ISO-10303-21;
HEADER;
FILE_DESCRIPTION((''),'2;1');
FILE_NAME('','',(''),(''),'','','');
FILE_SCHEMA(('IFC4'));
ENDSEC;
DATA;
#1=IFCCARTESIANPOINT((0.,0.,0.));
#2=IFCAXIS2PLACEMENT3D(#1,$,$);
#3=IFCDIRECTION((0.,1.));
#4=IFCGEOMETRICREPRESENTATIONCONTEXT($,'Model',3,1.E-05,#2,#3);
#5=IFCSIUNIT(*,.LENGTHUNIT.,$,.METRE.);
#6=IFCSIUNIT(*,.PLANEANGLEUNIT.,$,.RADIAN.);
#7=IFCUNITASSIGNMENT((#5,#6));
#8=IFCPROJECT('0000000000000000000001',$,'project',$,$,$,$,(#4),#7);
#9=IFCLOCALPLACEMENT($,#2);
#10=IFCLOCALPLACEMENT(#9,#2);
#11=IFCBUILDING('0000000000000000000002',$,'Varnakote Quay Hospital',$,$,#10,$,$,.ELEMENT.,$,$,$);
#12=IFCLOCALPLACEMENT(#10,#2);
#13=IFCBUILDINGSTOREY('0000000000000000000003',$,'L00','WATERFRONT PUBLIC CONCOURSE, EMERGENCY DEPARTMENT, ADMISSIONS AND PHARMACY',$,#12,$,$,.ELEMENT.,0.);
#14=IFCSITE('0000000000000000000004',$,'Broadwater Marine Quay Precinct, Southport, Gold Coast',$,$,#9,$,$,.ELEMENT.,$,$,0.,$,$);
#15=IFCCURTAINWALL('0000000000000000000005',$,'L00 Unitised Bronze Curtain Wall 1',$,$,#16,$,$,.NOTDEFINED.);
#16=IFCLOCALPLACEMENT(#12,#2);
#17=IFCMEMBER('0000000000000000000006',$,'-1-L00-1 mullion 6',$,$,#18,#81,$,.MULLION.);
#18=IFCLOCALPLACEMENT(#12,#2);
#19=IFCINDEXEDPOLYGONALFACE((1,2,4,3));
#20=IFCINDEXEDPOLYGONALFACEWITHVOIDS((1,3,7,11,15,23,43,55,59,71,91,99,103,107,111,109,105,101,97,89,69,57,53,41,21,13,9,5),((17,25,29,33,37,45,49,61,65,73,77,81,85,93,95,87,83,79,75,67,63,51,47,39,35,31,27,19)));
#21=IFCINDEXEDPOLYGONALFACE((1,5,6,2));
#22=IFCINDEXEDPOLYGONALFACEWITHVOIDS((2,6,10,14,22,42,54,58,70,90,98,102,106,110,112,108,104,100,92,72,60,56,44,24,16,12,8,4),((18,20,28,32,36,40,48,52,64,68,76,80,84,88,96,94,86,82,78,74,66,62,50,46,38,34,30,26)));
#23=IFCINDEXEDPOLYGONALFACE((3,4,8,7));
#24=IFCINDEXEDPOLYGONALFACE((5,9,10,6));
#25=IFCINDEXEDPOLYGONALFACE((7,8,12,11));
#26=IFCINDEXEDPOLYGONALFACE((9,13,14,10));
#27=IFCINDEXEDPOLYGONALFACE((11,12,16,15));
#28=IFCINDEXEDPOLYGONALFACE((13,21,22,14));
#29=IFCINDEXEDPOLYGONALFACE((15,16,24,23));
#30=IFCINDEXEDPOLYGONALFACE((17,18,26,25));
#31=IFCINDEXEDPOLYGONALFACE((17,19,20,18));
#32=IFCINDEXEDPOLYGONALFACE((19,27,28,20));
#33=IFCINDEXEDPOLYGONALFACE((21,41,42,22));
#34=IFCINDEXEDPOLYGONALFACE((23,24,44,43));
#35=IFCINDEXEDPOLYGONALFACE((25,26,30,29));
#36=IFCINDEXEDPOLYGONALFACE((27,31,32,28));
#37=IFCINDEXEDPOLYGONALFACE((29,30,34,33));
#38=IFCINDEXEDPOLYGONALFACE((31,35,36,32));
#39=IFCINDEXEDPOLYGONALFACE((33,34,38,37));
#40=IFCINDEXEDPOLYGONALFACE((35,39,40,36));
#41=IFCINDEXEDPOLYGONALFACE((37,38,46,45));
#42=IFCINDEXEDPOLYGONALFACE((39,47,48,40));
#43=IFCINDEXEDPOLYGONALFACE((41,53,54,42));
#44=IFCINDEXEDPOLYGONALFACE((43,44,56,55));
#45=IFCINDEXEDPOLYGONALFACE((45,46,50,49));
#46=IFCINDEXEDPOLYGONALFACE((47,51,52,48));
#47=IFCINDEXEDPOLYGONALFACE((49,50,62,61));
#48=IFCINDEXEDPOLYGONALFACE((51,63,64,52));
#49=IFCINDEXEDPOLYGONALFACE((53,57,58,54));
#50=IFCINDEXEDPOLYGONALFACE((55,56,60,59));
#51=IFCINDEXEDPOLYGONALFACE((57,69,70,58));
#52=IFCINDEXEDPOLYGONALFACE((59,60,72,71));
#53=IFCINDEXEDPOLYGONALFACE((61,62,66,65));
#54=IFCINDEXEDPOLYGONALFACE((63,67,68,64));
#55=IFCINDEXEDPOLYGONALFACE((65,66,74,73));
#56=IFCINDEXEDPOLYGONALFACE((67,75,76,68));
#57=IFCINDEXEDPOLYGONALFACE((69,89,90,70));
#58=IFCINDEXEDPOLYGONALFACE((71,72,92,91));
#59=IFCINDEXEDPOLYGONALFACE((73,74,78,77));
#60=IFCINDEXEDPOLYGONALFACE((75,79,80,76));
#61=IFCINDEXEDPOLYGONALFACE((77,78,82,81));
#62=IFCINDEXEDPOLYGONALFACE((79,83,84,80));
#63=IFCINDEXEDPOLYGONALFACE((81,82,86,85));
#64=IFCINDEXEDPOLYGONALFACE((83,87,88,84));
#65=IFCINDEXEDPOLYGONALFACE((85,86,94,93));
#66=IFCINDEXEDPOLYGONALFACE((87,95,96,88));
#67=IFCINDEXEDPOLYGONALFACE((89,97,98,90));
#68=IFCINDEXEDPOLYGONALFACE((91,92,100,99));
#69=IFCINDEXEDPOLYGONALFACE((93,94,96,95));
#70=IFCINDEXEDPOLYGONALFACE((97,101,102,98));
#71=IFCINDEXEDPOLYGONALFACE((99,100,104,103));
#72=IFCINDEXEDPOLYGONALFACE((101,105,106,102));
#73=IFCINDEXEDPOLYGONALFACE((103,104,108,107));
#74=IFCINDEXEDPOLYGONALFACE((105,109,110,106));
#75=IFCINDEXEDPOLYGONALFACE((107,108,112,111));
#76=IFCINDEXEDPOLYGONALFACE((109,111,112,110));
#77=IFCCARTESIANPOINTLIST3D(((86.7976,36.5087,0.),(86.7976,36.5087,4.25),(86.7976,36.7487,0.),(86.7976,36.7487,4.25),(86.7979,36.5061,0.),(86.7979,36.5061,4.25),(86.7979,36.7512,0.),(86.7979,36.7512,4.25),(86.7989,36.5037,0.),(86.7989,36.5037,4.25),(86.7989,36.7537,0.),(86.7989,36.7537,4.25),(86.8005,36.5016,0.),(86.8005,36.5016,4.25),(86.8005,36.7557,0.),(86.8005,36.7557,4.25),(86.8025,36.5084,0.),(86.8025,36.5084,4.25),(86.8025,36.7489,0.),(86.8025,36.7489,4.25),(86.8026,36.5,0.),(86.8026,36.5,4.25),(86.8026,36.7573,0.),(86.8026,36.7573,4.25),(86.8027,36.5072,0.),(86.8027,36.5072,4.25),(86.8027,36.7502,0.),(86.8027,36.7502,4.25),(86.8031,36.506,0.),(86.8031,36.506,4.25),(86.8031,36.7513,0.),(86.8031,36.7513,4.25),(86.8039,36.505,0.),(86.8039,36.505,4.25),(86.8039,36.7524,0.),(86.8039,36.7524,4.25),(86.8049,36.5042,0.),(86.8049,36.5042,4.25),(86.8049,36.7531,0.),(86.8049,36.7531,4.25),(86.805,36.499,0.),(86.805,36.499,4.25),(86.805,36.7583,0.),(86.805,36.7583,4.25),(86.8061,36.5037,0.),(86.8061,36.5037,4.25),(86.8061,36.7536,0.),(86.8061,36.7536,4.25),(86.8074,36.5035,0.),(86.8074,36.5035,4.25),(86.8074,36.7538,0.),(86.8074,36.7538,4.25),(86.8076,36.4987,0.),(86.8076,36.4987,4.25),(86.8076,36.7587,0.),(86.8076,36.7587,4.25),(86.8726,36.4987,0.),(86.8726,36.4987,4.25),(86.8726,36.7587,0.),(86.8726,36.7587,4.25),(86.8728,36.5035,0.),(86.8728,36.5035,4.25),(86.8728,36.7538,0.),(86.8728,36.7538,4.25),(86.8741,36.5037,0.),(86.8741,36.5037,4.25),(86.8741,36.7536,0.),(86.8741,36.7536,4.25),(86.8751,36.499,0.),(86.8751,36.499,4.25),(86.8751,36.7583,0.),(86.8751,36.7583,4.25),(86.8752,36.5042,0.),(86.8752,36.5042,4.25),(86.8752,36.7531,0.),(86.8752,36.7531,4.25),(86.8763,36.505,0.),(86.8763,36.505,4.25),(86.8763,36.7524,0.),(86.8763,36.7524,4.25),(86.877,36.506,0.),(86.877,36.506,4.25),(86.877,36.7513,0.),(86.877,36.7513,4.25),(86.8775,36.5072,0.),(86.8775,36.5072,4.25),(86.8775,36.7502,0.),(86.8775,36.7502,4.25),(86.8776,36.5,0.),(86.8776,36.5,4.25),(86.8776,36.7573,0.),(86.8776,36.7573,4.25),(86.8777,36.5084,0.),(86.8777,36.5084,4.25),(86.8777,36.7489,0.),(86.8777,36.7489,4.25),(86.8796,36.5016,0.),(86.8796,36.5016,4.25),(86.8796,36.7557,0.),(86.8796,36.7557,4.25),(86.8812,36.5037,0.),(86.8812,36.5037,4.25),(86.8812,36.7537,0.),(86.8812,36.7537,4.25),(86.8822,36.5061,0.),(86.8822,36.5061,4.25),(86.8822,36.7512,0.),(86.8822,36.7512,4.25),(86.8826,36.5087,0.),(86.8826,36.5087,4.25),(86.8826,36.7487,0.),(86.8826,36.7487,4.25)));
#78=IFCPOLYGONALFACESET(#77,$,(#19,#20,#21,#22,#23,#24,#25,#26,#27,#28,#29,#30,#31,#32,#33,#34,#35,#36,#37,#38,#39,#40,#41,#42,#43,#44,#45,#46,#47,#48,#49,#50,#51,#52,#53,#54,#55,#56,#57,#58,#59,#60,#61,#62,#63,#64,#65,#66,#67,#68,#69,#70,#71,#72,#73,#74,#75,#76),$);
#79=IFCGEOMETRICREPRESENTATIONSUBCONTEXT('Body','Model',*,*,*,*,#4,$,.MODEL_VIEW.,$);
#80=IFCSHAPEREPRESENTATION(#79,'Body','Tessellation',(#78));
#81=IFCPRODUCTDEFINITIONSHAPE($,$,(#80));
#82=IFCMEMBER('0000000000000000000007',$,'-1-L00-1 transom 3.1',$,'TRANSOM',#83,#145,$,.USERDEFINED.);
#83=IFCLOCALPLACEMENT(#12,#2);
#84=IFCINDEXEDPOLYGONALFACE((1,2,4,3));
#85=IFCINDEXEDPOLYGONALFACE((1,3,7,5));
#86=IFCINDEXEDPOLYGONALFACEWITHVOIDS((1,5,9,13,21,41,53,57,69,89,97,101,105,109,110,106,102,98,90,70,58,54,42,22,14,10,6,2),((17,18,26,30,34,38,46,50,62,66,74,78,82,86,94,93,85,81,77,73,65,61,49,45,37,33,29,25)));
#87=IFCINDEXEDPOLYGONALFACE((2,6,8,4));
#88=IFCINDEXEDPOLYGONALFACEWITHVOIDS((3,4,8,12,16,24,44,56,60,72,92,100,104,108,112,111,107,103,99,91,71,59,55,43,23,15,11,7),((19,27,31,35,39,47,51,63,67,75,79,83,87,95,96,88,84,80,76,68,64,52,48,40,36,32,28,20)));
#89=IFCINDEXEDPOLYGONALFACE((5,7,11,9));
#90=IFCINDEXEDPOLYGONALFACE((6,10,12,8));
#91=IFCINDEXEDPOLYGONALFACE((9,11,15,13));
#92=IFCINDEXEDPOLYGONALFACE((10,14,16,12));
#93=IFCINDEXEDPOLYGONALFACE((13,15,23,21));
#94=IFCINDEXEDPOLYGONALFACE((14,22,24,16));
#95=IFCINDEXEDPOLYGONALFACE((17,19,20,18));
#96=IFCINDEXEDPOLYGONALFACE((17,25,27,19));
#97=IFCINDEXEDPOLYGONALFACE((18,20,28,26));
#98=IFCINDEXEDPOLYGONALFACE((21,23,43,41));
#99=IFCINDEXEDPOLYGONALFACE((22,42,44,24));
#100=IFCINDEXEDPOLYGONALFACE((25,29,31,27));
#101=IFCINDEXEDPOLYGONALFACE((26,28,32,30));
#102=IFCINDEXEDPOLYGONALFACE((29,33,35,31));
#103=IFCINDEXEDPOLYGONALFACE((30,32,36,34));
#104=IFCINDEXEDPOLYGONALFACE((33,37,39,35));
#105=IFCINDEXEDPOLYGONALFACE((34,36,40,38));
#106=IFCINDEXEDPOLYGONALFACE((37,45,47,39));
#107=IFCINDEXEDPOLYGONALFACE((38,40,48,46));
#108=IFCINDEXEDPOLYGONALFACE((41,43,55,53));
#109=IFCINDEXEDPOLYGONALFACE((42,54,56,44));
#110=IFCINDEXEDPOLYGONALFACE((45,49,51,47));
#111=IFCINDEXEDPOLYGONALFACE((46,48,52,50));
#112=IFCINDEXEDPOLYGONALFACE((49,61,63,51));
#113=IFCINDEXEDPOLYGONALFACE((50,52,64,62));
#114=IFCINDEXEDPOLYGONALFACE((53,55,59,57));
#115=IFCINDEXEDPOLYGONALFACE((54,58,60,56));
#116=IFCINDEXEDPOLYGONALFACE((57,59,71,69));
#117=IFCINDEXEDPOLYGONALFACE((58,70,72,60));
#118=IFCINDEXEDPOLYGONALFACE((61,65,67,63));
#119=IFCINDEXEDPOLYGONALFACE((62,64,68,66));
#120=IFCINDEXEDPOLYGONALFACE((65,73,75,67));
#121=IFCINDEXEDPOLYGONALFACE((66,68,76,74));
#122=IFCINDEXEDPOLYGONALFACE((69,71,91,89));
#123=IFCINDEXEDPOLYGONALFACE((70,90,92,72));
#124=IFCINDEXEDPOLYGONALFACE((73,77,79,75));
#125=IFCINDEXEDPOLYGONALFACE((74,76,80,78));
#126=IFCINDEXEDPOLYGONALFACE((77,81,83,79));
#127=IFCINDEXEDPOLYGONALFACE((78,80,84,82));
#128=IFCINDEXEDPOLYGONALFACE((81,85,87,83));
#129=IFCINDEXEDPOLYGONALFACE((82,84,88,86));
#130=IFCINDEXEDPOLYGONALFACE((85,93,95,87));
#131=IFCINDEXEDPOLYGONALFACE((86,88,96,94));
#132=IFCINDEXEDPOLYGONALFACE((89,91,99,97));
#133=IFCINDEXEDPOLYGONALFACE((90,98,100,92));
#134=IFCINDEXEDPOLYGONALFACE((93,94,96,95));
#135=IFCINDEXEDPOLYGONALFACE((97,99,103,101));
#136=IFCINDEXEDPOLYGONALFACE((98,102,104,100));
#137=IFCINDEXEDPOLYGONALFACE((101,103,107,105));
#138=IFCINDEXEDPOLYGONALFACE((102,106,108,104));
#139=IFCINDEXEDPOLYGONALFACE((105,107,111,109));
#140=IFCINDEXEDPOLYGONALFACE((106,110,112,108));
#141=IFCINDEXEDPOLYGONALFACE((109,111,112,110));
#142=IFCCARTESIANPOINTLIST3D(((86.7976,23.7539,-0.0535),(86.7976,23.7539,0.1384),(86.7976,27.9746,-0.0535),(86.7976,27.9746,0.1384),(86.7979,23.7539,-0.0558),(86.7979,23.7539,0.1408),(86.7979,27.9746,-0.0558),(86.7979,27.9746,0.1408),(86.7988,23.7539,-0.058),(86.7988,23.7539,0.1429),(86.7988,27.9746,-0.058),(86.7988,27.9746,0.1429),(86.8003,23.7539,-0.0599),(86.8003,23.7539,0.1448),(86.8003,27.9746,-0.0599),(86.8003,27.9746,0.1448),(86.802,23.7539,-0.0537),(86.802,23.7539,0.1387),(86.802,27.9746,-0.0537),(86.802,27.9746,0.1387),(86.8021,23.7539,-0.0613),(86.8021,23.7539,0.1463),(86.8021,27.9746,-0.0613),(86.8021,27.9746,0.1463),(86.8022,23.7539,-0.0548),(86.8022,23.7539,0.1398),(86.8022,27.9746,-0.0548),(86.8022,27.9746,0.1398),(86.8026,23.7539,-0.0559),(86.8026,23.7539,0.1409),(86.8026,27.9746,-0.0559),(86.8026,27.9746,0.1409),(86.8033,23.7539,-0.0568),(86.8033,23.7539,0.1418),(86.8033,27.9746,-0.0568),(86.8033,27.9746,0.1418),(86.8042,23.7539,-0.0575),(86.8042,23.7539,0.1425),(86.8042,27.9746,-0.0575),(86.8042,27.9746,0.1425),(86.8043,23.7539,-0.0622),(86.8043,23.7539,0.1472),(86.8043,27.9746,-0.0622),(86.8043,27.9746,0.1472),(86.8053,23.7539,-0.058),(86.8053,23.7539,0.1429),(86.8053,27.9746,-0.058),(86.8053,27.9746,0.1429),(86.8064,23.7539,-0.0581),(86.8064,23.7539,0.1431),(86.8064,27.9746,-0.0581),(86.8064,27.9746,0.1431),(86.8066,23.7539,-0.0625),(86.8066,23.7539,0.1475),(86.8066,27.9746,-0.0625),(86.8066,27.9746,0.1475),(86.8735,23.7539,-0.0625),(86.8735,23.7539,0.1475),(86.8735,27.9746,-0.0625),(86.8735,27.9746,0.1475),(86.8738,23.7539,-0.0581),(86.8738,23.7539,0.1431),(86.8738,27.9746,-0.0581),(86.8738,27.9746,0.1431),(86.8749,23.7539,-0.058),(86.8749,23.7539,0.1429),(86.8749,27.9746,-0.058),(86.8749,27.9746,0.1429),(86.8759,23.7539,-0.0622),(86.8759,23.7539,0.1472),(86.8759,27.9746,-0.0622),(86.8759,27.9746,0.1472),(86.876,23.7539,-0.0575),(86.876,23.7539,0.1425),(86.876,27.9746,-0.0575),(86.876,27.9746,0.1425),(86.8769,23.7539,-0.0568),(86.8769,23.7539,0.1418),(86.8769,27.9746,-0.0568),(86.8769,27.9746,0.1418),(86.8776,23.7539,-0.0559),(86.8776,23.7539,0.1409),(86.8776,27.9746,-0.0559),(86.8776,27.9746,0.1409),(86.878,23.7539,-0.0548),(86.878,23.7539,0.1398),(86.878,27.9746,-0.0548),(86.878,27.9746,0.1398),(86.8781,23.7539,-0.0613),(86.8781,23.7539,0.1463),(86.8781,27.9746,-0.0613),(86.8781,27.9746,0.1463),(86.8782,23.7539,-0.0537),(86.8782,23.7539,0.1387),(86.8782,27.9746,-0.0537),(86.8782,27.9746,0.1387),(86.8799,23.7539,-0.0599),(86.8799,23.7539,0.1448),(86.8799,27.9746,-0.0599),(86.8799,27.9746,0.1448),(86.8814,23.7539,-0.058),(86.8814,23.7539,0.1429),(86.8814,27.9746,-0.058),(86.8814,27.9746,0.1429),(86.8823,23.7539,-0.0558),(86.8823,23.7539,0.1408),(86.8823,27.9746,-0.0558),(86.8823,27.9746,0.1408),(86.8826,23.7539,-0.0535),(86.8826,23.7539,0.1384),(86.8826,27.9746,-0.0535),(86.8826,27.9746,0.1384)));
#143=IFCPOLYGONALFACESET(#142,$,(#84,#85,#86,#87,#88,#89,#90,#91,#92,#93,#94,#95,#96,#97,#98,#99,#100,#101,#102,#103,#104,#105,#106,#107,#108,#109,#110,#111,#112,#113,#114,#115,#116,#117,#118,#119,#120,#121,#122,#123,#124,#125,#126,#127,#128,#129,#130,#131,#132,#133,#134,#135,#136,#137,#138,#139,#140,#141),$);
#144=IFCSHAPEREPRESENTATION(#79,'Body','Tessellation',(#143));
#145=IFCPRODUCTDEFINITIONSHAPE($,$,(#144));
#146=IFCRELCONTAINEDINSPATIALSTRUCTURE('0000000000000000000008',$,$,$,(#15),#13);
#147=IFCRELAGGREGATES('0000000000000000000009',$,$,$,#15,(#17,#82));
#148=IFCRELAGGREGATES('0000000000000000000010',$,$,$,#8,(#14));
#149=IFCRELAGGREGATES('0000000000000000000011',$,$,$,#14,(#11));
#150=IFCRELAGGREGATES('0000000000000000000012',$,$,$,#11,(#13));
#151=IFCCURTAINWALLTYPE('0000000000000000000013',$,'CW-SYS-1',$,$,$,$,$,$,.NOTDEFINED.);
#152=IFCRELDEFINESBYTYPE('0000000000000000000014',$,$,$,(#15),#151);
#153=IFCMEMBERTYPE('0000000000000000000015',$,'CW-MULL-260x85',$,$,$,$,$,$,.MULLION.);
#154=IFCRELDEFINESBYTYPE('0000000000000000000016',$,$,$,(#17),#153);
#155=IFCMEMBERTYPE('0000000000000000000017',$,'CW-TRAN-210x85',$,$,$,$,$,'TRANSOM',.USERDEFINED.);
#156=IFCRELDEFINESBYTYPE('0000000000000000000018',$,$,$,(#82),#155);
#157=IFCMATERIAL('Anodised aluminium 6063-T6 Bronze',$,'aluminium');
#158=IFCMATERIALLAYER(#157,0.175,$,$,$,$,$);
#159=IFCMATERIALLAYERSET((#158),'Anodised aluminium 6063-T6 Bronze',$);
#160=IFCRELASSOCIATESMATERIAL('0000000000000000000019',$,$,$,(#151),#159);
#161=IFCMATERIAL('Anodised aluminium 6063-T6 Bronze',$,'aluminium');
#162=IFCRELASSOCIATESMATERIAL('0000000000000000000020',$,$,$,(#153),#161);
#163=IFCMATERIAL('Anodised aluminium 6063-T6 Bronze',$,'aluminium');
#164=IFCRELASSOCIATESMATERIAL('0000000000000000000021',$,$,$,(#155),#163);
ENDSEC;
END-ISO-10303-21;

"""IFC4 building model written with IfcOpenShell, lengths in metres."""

from ifc_helpers import new_model, si_unit, direction, frame, origin, origin_2d, place, context, subcontext, project, spatial, hollow_rectangle, extrude, material, layer, layer_set, material_profile, profile_set, type_object, element, aggregate, save


model = new_model("IFC4")

# Units and contexts
model_context = context("Model", 3, precision=1e-05, world=origin(), true_north=direction((0.0, 1.0)))
body_context = subcontext(model_context, "Body", "Model", "MODEL_VIEW")
ifc_project = project(units=[si_unit("LENGTHUNIT", "METRE"), si_unit("PLANEANGLEUNIT", "RADIAN")], contexts=[model_context])

# Site, building, storey
site_placement = place(None, origin())
site = spatial("IfcSite", under=ifc_project, at=site_placement, Name="Broadwater Marine Quay Precinct, Southport, Gold Coast", CompositionType="ELEMENT", RefElevation=0.0)
building_placement = place(site_placement, origin())
building = spatial("IfcBuilding", under=site, at=building_placement, Name="Varnakote Quay Hospital", CompositionType="ELEMENT")
storey_placement = place(building_placement, origin())
storey = spatial("IfcBuildingStorey", under=building, at=storey_placement, Name="L00", Description="WATERFRONT PUBLIC CONCOURSE, EMERGENCY DEPARTMENT, ADMISSIONS AND PHARMACY", CompositionType="ELEMENT", Elevation=0.0)

# Curtain wall, members
ifc_material_1 = material(Name="Anodised aluminium 6063-T6 Bronze", Category="aluminium")
ifc_layer_1 = layer(ifc_material_1, 0.175)
ifc_layer_set_1 = layer_set([ifc_layer_1], Name="Anodised aluminium 6063-T6 Bronze")
curtain_wall_type = type_object("IfcCurtainWallType", Name="CW-SYS-1", PredefinedType="NOTDEFINED", material=ifc_layer_set_1)
curtain_wall_placement = place(storey_placement, origin())
curtain_wall = element("IfcCurtainWall", 1, at=curtain_wall_placement, inside=storey, type_object=curtain_wall_type, Name="L00 Unitised Bronze Curtain Wall 1", PredefinedType="NOTDEFINED")
ifc_material_2 = material(Name="Anodised aluminium 6063-T6 Bronze", Category="aluminium")
ifc_material_profile_1 = material_profile(ifc_material_2, hollow_rectangle(XDim=0.085, YDim=0.26, WallThickness=0.0049, InnerFilletRadius=0.0049, OuterFilletRadius=0.01, at=origin_2d()), Name="CW-MULL-260x85")
ifc_profile_set_1 = profile_set([ifc_material_profile_1], Name="Anodised aluminium 6063-T6 Bronze")
member_type_1 = type_object("IfcMemberType", Name="CW-MULL-260x85", PredefinedType="MULLION", material=ifc_profile_set_1)
member_1_placement = place(storey_placement, frame((86.8401, 36.6287, 0.0), z_axis=(0.0, 0.0, 1.0), x_axis=(-1.0, 0.0, 0.0)))
member_1 = element("IfcMember", 2, at=member_1_placement, type_object=member_type_1, Name="-1-L00-1 mullion 6", PredefinedType="MULLION", context=body_context, shape_type="SweptSolid", body=[
    extrude(hollow_rectangle(XDim=0.085, YDim=0.26, WallThickness=0.0049, InnerFilletRadius=0.0049, OuterFilletRadius=0.01, at=origin_2d()), origin(), (0.0, 0.0, 1.0), 4.25),
])
ifc_material_3 = material(Name="Anodised aluminium 6063-T6 Bronze", Category="aluminium")
ifc_material_profile_2 = material_profile(ifc_material_3, hollow_rectangle(XDim=0.085, YDim=0.21, WallThickness=0.0044, InnerFilletRadius=0.0044, OuterFilletRadius=0.009, at=origin_2d()), Name="CW-TRAN-210x85")
ifc_profile_set_2 = profile_set([ifc_material_profile_2], Name="Anodised aluminium 6063-T6 Bronze")
member_type_2 = type_object("IfcMemberType", Name="CW-TRAN-210x85", ElementType="TRANSOM", PredefinedType="USERDEFINED", material=ifc_profile_set_2)
member_2_placement = place(storey_placement, frame((86.8401, 23.7539, 0.0425), z_axis=(0.0, 1.0, 0.0), x_axis=(-1.0, 0.0, 0.0)))
member_2 = element("IfcMember", 3, at=member_2_placement, type_object=member_type_2, Name="-1-L00-1 transom 3.1", ObjectType="TRANSOM", PredefinedType="USERDEFINED", context=body_context, shape_type="SweptSolid", body=[
    extrude(hollow_rectangle(XDim=0.085, YDim=0.21, WallThickness=0.0044, InnerFilletRadius=0.0044, OuterFilletRadius=0.009, at=origin_2d()), origin(), (0.0, 0.0, 1.0), 4.2207),
])

aggregate(curtain_wall, [member_1, member_2])

save(model, "model.ifc")
